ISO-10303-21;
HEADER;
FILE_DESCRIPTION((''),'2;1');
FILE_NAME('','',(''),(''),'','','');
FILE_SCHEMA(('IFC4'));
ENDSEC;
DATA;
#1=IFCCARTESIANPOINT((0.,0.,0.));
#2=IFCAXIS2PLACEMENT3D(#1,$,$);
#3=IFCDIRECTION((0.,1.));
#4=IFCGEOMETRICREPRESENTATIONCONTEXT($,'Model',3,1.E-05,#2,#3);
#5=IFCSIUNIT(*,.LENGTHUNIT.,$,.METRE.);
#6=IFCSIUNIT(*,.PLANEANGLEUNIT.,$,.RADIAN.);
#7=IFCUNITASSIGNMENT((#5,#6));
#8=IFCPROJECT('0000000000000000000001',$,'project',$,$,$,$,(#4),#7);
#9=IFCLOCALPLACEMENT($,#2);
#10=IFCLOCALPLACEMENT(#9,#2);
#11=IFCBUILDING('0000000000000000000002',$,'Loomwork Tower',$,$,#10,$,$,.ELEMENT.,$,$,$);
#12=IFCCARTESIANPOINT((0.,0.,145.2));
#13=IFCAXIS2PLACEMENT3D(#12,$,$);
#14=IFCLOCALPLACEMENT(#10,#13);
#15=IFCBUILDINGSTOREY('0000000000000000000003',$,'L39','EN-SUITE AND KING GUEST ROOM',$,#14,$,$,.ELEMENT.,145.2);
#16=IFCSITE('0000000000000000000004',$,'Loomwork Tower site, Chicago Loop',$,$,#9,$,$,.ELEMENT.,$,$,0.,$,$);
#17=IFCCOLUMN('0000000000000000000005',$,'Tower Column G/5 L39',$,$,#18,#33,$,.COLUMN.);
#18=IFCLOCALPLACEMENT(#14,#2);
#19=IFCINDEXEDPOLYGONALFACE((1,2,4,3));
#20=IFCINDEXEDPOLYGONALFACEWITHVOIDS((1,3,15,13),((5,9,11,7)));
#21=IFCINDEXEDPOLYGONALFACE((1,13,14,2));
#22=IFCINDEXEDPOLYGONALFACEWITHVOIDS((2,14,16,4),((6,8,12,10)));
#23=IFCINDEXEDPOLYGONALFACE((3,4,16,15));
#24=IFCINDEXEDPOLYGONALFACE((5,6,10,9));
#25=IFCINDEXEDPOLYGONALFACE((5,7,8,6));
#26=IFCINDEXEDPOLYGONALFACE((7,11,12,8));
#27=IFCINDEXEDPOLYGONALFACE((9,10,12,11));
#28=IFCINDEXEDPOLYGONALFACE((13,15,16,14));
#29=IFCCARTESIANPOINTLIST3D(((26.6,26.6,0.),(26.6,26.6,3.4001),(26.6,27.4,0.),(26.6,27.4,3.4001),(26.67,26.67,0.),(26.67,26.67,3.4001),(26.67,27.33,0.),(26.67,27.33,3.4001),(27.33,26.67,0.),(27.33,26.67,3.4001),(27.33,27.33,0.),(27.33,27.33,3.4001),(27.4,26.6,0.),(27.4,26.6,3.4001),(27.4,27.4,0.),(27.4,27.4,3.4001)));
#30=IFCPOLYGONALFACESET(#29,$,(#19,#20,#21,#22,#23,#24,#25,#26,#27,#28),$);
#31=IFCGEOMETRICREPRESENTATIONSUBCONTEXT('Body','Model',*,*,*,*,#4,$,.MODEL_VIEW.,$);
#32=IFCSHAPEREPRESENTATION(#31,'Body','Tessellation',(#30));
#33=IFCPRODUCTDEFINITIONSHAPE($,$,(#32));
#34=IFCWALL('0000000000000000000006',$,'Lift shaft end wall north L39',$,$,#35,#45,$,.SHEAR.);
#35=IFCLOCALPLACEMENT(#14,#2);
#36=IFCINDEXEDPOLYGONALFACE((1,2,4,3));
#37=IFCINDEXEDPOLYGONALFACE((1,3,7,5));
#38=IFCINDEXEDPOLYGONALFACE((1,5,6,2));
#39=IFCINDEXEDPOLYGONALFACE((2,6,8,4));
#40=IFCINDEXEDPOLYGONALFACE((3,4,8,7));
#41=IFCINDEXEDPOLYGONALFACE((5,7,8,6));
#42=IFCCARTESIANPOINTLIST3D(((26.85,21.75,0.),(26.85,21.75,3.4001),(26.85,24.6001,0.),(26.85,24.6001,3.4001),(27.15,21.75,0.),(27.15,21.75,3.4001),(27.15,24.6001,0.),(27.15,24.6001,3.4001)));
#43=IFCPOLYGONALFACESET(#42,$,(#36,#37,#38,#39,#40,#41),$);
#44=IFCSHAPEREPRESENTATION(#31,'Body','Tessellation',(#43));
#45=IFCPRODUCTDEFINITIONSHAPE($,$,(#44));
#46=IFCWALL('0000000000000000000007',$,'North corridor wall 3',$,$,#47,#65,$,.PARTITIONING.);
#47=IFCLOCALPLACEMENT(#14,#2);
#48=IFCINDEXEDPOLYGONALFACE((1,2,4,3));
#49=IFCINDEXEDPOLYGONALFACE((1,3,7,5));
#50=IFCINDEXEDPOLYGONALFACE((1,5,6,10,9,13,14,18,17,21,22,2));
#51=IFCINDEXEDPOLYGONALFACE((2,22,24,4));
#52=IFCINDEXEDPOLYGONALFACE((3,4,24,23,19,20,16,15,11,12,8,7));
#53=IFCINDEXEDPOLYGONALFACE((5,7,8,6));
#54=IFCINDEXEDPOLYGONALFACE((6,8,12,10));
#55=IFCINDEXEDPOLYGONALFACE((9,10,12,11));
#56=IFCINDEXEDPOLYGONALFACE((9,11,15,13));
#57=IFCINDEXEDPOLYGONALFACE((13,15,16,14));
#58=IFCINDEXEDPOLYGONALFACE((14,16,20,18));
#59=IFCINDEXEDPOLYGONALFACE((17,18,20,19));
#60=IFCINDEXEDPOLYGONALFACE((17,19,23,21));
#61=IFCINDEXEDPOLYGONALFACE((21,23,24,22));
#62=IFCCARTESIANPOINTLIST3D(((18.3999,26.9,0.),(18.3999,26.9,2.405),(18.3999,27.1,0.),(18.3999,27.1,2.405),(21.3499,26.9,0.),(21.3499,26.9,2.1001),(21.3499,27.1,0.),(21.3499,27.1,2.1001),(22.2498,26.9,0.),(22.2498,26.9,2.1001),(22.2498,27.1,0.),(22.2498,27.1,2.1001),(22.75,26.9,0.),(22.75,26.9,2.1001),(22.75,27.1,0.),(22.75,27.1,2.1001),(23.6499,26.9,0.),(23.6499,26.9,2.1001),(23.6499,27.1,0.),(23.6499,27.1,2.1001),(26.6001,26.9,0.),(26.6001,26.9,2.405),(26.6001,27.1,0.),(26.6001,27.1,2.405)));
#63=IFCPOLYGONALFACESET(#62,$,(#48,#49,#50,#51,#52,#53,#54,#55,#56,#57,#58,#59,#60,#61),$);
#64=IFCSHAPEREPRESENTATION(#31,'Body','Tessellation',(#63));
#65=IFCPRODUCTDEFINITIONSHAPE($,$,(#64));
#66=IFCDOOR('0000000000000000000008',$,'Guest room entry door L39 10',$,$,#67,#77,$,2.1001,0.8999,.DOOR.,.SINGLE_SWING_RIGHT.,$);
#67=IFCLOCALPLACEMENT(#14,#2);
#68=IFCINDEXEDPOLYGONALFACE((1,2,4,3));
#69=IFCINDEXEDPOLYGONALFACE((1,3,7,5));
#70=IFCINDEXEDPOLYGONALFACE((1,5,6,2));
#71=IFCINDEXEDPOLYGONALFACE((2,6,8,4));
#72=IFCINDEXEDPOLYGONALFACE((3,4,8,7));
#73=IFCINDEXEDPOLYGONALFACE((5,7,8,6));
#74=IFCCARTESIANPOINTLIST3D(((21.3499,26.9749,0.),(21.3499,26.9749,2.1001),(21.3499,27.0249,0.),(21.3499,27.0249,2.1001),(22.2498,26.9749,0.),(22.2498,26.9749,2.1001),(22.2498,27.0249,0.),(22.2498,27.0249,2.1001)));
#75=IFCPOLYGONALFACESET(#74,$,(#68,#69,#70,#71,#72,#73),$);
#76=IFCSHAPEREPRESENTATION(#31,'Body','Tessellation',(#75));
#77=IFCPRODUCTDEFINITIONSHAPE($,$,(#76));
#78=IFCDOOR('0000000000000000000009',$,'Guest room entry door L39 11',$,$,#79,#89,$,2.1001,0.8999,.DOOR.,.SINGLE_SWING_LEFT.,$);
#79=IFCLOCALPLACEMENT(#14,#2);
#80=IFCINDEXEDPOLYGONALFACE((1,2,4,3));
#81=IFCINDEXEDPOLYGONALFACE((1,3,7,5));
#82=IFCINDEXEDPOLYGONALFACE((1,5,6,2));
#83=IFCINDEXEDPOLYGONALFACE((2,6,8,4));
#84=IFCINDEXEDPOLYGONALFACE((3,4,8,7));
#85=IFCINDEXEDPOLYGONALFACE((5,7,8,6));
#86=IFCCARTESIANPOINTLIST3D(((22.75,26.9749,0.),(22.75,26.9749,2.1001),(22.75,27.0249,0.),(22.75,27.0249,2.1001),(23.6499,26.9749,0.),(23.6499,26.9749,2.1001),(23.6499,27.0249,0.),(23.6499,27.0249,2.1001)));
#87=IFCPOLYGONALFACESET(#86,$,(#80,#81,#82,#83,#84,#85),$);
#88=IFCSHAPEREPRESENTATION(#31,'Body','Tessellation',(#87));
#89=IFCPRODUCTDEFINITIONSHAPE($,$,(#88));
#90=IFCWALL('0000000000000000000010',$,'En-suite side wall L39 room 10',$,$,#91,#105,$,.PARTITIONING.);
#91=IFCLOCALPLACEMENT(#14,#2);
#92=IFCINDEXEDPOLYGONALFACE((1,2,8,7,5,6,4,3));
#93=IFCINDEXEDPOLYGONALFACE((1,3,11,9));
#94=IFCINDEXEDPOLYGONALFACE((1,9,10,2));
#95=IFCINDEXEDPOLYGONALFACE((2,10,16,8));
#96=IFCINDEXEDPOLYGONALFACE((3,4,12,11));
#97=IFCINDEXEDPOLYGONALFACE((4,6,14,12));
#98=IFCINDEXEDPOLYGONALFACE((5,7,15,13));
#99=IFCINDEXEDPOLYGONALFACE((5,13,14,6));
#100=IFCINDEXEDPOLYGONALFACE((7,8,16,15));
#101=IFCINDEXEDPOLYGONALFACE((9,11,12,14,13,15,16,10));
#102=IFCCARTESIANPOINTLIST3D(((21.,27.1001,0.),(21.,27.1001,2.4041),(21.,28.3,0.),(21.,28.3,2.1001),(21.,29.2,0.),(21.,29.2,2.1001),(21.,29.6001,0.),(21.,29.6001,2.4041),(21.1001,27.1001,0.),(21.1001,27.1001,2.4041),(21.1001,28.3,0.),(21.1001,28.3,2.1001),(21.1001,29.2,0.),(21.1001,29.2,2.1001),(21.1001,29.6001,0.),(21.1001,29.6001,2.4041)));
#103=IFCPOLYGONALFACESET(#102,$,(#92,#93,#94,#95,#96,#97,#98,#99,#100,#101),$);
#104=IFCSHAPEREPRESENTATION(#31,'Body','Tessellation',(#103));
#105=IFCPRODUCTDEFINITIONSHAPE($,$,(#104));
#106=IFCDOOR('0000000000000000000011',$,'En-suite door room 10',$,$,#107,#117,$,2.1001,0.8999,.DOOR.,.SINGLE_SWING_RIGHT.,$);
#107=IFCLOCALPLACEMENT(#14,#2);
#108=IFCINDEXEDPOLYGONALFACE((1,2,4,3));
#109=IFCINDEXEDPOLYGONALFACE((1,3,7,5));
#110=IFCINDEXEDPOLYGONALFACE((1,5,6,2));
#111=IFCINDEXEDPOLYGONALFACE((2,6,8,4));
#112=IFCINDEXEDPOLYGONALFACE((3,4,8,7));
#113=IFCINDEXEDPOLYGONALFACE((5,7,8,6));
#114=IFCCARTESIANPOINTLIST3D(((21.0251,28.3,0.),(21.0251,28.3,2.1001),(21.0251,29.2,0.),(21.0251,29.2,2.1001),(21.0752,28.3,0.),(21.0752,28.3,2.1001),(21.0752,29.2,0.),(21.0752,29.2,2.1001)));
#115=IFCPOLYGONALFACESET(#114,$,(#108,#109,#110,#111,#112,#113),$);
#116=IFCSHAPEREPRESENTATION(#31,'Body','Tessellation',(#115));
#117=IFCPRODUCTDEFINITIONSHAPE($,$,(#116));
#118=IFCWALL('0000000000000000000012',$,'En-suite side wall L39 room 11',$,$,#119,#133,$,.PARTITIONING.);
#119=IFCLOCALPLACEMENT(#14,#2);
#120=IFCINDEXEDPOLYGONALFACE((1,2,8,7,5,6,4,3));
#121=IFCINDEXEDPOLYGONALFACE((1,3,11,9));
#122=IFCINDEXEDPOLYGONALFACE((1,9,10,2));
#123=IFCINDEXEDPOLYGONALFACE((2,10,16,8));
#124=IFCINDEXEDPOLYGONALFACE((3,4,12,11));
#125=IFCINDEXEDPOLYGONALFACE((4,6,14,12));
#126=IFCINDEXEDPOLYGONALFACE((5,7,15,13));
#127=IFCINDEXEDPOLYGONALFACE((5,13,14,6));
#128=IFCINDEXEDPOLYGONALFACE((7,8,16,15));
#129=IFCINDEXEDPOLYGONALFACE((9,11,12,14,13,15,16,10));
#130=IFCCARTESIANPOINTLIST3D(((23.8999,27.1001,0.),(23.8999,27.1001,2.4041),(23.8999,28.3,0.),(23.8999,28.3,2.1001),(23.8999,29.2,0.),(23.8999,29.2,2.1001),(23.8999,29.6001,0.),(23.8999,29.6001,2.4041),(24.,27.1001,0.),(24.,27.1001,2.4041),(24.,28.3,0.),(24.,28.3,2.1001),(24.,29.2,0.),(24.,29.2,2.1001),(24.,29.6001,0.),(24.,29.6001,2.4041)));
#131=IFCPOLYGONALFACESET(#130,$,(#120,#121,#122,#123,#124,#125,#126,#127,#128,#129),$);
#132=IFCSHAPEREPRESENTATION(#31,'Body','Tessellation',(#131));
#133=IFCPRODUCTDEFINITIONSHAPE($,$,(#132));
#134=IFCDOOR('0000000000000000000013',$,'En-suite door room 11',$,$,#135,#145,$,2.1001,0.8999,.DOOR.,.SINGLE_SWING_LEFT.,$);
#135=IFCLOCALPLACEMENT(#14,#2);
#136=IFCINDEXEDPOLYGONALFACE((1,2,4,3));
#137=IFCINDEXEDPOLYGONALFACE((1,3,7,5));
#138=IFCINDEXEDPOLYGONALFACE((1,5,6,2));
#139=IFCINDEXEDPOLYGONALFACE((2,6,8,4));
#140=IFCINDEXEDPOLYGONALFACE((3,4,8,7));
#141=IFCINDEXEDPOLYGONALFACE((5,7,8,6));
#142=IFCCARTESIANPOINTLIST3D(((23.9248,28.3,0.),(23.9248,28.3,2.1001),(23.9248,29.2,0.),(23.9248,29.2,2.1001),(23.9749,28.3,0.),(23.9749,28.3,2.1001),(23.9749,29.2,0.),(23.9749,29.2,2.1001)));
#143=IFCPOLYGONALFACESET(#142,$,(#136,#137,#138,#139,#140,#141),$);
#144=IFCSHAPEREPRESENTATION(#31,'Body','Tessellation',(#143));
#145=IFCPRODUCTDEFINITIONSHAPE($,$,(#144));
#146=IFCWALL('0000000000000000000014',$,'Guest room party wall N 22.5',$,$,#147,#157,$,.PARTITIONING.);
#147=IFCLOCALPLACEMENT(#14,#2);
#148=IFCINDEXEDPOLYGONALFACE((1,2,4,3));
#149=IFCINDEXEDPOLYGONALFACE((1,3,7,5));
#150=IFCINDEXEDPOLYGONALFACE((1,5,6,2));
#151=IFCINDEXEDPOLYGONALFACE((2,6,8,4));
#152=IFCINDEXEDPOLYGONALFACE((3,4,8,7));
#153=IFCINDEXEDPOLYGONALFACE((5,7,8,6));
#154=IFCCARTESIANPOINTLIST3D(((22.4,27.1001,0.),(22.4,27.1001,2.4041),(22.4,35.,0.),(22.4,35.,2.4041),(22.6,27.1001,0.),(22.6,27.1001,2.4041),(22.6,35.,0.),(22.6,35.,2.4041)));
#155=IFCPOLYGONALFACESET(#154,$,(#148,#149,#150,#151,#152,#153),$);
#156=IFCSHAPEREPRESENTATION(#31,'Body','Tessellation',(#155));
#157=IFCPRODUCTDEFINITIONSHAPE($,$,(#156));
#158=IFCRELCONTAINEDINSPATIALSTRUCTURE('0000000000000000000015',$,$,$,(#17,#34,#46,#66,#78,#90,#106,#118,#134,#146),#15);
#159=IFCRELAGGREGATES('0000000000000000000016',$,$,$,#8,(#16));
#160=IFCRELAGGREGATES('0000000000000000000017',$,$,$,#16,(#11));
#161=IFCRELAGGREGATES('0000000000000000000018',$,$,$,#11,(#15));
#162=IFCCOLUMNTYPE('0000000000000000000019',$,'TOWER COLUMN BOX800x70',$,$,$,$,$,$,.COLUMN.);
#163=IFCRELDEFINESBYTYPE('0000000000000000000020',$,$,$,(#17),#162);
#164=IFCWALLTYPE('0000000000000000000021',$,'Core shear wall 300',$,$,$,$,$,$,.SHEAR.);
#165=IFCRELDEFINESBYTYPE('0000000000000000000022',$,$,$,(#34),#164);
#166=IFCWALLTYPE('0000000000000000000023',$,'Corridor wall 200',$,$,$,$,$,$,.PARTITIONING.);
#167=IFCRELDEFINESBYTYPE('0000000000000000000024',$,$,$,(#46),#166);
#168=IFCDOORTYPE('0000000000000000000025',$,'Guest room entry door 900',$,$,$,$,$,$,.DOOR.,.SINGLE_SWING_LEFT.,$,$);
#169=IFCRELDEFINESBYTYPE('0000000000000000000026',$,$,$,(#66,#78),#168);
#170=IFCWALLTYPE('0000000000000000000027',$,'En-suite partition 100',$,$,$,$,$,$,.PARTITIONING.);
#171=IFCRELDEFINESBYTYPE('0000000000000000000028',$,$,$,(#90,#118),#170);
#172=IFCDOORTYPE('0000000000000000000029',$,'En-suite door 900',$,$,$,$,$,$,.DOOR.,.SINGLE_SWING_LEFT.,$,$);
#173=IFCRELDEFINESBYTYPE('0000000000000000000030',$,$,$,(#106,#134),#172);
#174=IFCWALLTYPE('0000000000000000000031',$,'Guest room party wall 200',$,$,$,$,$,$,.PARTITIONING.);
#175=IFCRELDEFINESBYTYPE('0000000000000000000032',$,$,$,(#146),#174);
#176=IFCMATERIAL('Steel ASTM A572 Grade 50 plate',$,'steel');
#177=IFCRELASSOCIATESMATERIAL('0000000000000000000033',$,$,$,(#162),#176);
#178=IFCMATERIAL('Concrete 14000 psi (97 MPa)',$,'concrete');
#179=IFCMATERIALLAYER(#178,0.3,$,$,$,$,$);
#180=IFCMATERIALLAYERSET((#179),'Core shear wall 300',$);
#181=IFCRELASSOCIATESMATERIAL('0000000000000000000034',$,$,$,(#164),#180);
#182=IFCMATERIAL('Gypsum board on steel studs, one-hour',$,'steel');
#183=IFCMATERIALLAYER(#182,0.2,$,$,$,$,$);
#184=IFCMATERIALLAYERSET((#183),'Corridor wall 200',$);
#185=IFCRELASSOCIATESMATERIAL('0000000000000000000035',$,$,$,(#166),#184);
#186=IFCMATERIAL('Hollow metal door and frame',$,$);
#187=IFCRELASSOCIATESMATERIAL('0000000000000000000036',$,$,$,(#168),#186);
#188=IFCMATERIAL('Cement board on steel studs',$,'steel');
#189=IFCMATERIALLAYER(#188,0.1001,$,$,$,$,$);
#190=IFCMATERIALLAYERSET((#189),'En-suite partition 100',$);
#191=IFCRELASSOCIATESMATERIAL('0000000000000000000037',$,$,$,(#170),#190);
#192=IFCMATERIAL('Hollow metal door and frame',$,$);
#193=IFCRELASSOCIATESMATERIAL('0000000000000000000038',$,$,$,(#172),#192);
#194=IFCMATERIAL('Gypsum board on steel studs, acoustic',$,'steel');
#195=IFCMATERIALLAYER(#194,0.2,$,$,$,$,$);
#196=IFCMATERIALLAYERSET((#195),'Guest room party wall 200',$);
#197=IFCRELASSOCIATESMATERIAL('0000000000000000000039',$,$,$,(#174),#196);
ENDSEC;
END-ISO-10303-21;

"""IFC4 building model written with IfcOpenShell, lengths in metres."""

from ifc_helpers import new_model, si_unit, direction, frame, frame_2d, origin, origin_2d, place, context, subcontext, project, spatial, rectangle, hollow_rectangle, extrude, material, layer, layer_set, material_profile, profile_set, type_object, element, fill, save


model = new_model("IFC4")

# Units and contexts
model_context = context("Model", 3, precision=1e-05, world=origin(), true_north=direction((0.0, 1.0)))
body_context = subcontext(model_context, "Body", "Model", "MODEL_VIEW")
ifc_project = project(units=[si_unit("LENGTHUNIT", "METRE"), si_unit("PLANEANGLEUNIT", "RADIAN")], contexts=[model_context])

# Site, building, storey
site_placement = place(None, origin())
site = spatial("IfcSite", under=ifc_project, at=site_placement, Name="Loomwork Tower site, Chicago Loop", CompositionType="ELEMENT", RefElevation=0.0)
building_placement = place(site_placement, origin())
building = spatial("IfcBuilding", under=site, at=building_placement, Name="Loomwork Tower", CompositionType="ELEMENT")
storey_placement = place(building_placement, frame((0.0, 0.0, 145.2)))
storey = spatial("IfcBuildingStorey", under=building, at=storey_placement, Name="L39", Description="EN-SUITE AND KING GUEST ROOM", CompositionType="ELEMENT", Elevation=145.2)

# Column
ifc_material_1 = material(Name="Steel ASTM A572 Grade 50 plate", Category="steel")
ifc_material_profile = material_profile(ifc_material_1, hollow_rectangle(XDim=0.8, YDim=0.8, WallThickness=0.0701, at=origin_2d()), Name="BOX800x70")
ifc_profile_set = profile_set([ifc_material_profile], Name="Steel ASTM A572 Grade 50 plate")
column_type = type_object("IfcColumnType", Name="TOWER COLUMN BOX800x70", PredefinedType="COLUMN", material=ifc_profile_set)
column_placement = place(storey_placement, frame((27.0, 27.0, 0.0), z_axis=(0.0, 0.0, 1.0), x_axis=(1.0, 0.0, 0.0)))
element("IfcColumn", 1, at=column_placement, inside=storey, type_object=column_type, Name="Tower Column G/5 L39", PredefinedType="COLUMN", context=body_context, shape_type="SweptSolid", body=[
    extrude(hollow_rectangle(XDim=0.8, YDim=0.8, WallThickness=0.0701, at=origin_2d()), origin(), (0.0, 0.0, 1.0), 3.4001),
])

# Wall
ifc_material_2 = material(Name="Concrete 14000 psi (97 MPa)", Category="concrete")
ifc_layer_1 = layer(ifc_material_2, 0.3)
ifc_layer_set_1 = layer_set([ifc_layer_1], Name="Core shear wall 300")
wall_type_1 = type_object("IfcWallType", Name="Core shear wall 300", PredefinedType="SHEAR", material=ifc_layer_set_1)
wall_1_placement = place(storey_placement, frame((27.0, 21.75, 0.0), z_axis=(0.0, 0.0, 1.0), x_axis=(0.0, 1.0, 0.0)))
element("IfcWall", 2, at=wall_1_placement, inside=storey, type_object=wall_type_1, Name="Lift shaft end wall north L39", PredefinedType="SHEAR", context=body_context, shape_type="SweptSolid", body=[
    extrude(rectangle(XDim=2.8501, YDim=0.3, at=frame_2d((1.425, 0.0))), origin(), (0.0, 0.0, 1.0), 3.4001),
])

# Wall, openings, doors
ifc_material_3 = material(Name="Gypsum board on steel studs, one-hour", Category="steel")
ifc_layer_2 = layer(ifc_material_3, 0.2)
ifc_layer_set_2 = layer_set([ifc_layer_2], Name="Corridor wall 200")
wall_type_2 = type_object("IfcWallType", Name="Corridor wall 200", PredefinedType="PARTITIONING", material=ifc_layer_set_2)
wall_2_placement = place(storey_placement, frame((18.3999, 27.0, 0.0), z_axis=(0.0, 0.0, 1.0), x_axis=(1.0, 0.0, 0.0)))
wall_2 = element("IfcWall", 3, at=wall_2_placement, inside=storey, type_object=wall_type_2, Name="North corridor wall 3", PredefinedType="PARTITIONING", context=body_context, shape_type="SweptSolid", body=[
    extrude(rectangle(XDim=8.2002, YDim=0.2, at=frame_2d((4.1001, 0.0))), origin(), (0.0, 0.0, 1.0), 2.405),
])
opening_1_placement = place(wall_2_placement, frame((2.95, 0.0, 0.0)))
opening_1 = element("IfcOpeningElement", 4, at=opening_1_placement, cuts=wall_2, PredefinedType="OPENING", context=body_context, shape_type="SweptSolid", body=[
    extrude(rectangle(XDim=0.8999, YDim=2.1001, at=frame_2d((0.45, 1.05))), frame((0.0, 0.1099, 0.0), z_axis=(0.0, -1.0, 0.0), x_axis=(1.0, 0.0, 0.0)), (0.0, 0.0, 1.0), 0.22),
])
opening_2_placement = place(wall_2_placement, frame((4.3501, 0.0, 0.0)))
opening_2 = element("IfcOpeningElement", 5, at=opening_2_placement, cuts=wall_2, PredefinedType="OPENING", context=body_context, shape_type="SweptSolid", body=[
    extrude(rectangle(XDim=0.8999, YDim=2.1001, at=frame_2d((0.45, 1.05))), frame((0.0, 0.1099, 0.0), z_axis=(0.0, -1.0, 0.0), x_axis=(1.0, 0.0, 0.0)), (0.0, 0.0, 1.0), 0.22),
])
ifc_material_4 = material(Name="Hollow metal door and frame")
door_type_1 = type_object("IfcDoorType", Name="Guest room entry door 900", OperationType="SINGLE_SWING_LEFT", PredefinedType="DOOR", material=ifc_material_4)
door_1_placement = place(opening_1_placement, origin())
door_1 = element("IfcDoor", 6, at=door_1_placement, inside=storey, type_object=door_type_1, Name="Guest room entry door L39 10", OperationType="SINGLE_SWING_RIGHT", OverallHeight=2.1001, OverallWidth=0.8999, PredefinedType="DOOR", context=body_context, shape_type="SweptSolid", body=[
    extrude(rectangle(XDim=0.8999, YDim=2.1001, at=frame_2d((0.45, 1.05))), frame((0.0, 0.0249, 0.0), z_axis=(0.0, -1.0, 0.0), x_axis=(1.0, 0.0, 0.0)), (0.0, 0.0, 1.0), 0.05),
])
fill(opening_1, door_1)
door_2_placement = place(opening_2_placement, origin())
door_2 = element("IfcDoor", 7, at=door_2_placement, inside=storey, type_object=door_type_1, Name="Guest room entry door L39 11", OperationType="SINGLE_SWING_LEFT", OverallHeight=2.1001, OverallWidth=0.8999, PredefinedType="DOOR", context=body_context, shape_type="SweptSolid", body=[
    extrude(rectangle(XDim=0.8999, YDim=2.1001, at=frame_2d((0.45, 1.05))), frame((0.0, 0.0249, 0.0), z_axis=(0.0, -1.0, 0.0), x_axis=(1.0, 0.0, 0.0)), (0.0, 0.0, 1.0), 0.05),
])
fill(opening_2, door_2)

# Walls, openings, doors
ifc_material_5 = material(Name="Cement board on steel studs", Category="steel")
ifc_layer_3 = layer(ifc_material_5, 0.1001)
ifc_layer_set_3 = layer_set([ifc_layer_3], Name="En-suite partition 100")
wall_type_3 = type_object("IfcWallType", Name="En-suite partition 100", PredefinedType="PARTITIONING", material=ifc_layer_set_3)
wall_3_placement = place(storey_placement, frame((21.05, 27.1001, 0.0), z_axis=(0.0, 0.0, 1.0), x_axis=(0.0, 1.0, 0.0)))
wall_3 = element("IfcWall", 8, at=wall_3_placement, inside=storey, type_object=wall_type_3, Name="En-suite side wall L39 room 10", PredefinedType="PARTITIONING", context=body_context, shape_type="SweptSolid", body=[
    extrude(rectangle(XDim=2.5, YDim=0.1001, at=frame_2d((1.25, 0.0))), origin(), (0.0, 0.0, 1.0), 2.4041),
])
opening_3_placement = place(wall_3_placement, frame((1.2, 0.0, 0.0)))
opening_3 = element("IfcOpeningElement", 9, at=opening_3_placement, cuts=wall_3, PredefinedType="OPENING", context=body_context, shape_type="SweptSolid", body=[
    extrude(rectangle(XDim=0.8999, YDim=2.1001, at=frame_2d((0.45, 1.05))), frame((0.0, 0.0601, 0.0), z_axis=(0.0, -1.0, 0.0), x_axis=(1.0, 0.0, 0.0)), (0.0, 0.0, 1.0), 0.1201),
])
ifc_material_6 = material(Name="Hollow metal door and frame")
door_type_2 = type_object("IfcDoorType", Name="En-suite door 900", OperationType="SINGLE_SWING_LEFT", PredefinedType="DOOR", material=ifc_material_6)
door_3_placement = place(opening_3_placement, origin())
door_3 = element("IfcDoor", 10, at=door_3_placement, inside=storey, type_object=door_type_2, Name="En-suite door room 10", OperationType="SINGLE_SWING_RIGHT", OverallHeight=2.1001, OverallWidth=0.8999, PredefinedType="DOOR", context=body_context, shape_type="SweptSolid", body=[
    extrude(rectangle(XDim=0.8999, YDim=2.1001, at=frame_2d((0.45, 1.05))), frame((0.0, 0.0249, 0.0), z_axis=(0.0, -1.0, 0.0), x_axis=(1.0, 0.0, 0.0)), (0.0, 0.0, 1.0), 0.05),
])
fill(opening_3, door_3)
wall_4_placement = place(storey_placement, frame((23.95, 27.1001, 0.0), z_axis=(0.0, 0.0, 1.0), x_axis=(0.0, 1.0, 0.0)))
wall_4 = element("IfcWall", 11, at=wall_4_placement, inside=storey, type_object=wall_type_3, Name="En-suite side wall L39 room 11", PredefinedType="PARTITIONING", context=body_context, shape_type="SweptSolid", body=[
    extrude(rectangle(XDim=2.5, YDim=0.1001, at=frame_2d((1.25, 0.0))), origin(), (0.0, 0.0, 1.0), 2.4041),
])
opening_4_placement = place(wall_4_placement, frame((1.2, 0.0, 0.0)))
opening_4 = element("IfcOpeningElement", 12, at=opening_4_placement, cuts=wall_4, PredefinedType="OPENING", context=body_context, shape_type="SweptSolid", body=[
    extrude(rectangle(XDim=0.8999, YDim=2.1001, at=frame_2d((0.45, 1.05))), frame((0.0, 0.0601, 0.0), z_axis=(0.0, -1.0, 0.0), x_axis=(1.0, 0.0, 0.0)), (0.0, 0.0, 1.0), 0.1201),
])
door_4_placement = place(opening_4_placement, frame((0.8999, 0.0, 0.0), z_axis=(0.0, 0.0, 1.0), x_axis=(-1.0, 0.0, 0.0)))
door_4 = element("IfcDoor", 13, at=door_4_placement, inside=storey, type_object=door_type_2, Name="En-suite door room 11", OperationType="SINGLE_SWING_LEFT", OverallHeight=2.1001, OverallWidth=0.8999, PredefinedType="DOOR", context=body_context, shape_type="SweptSolid", body=[
    extrude(rectangle(XDim=0.8999, YDim=2.1001, at=frame_2d((0.45, 1.05))), frame((0.0, 0.0249, 0.0), z_axis=(0.0, -1.0, 0.0), x_axis=(1.0, 0.0, 0.0)), (0.0, 0.0, 1.0), 0.05),
])
fill(opening_4, door_4)

# Wall
ifc_material_7 = material(Name="Gypsum board on steel studs, acoustic", Category="steel")
ifc_layer_4 = layer(ifc_material_7, 0.2)
ifc_layer_set_4 = layer_set([ifc_layer_4], Name="Guest room party wall 200")
wall_type_4 = type_object("IfcWallType", Name="Guest room party wall 200", PredefinedType="PARTITIONING", material=ifc_layer_set_4)
wall_5_placement = place(storey_placement, frame((22.5, 27.1001, 0.0), z_axis=(0.0, 0.0, 1.0), x_axis=(0.0, 1.0, 0.0)))
element("IfcWall", 14, at=wall_5_placement, inside=storey, type_object=wall_type_4, Name="Guest room party wall N 22.5", PredefinedType="PARTITIONING", context=body_context, shape_type="SweptSolid", body=[
    extrude(rectangle(XDim=7.8999, YDim=0.2, at=frame_2d((3.95, 0.0))), origin(), (0.0, 0.0, 1.0), 2.4041),
])

save(model, "model.ifc")
